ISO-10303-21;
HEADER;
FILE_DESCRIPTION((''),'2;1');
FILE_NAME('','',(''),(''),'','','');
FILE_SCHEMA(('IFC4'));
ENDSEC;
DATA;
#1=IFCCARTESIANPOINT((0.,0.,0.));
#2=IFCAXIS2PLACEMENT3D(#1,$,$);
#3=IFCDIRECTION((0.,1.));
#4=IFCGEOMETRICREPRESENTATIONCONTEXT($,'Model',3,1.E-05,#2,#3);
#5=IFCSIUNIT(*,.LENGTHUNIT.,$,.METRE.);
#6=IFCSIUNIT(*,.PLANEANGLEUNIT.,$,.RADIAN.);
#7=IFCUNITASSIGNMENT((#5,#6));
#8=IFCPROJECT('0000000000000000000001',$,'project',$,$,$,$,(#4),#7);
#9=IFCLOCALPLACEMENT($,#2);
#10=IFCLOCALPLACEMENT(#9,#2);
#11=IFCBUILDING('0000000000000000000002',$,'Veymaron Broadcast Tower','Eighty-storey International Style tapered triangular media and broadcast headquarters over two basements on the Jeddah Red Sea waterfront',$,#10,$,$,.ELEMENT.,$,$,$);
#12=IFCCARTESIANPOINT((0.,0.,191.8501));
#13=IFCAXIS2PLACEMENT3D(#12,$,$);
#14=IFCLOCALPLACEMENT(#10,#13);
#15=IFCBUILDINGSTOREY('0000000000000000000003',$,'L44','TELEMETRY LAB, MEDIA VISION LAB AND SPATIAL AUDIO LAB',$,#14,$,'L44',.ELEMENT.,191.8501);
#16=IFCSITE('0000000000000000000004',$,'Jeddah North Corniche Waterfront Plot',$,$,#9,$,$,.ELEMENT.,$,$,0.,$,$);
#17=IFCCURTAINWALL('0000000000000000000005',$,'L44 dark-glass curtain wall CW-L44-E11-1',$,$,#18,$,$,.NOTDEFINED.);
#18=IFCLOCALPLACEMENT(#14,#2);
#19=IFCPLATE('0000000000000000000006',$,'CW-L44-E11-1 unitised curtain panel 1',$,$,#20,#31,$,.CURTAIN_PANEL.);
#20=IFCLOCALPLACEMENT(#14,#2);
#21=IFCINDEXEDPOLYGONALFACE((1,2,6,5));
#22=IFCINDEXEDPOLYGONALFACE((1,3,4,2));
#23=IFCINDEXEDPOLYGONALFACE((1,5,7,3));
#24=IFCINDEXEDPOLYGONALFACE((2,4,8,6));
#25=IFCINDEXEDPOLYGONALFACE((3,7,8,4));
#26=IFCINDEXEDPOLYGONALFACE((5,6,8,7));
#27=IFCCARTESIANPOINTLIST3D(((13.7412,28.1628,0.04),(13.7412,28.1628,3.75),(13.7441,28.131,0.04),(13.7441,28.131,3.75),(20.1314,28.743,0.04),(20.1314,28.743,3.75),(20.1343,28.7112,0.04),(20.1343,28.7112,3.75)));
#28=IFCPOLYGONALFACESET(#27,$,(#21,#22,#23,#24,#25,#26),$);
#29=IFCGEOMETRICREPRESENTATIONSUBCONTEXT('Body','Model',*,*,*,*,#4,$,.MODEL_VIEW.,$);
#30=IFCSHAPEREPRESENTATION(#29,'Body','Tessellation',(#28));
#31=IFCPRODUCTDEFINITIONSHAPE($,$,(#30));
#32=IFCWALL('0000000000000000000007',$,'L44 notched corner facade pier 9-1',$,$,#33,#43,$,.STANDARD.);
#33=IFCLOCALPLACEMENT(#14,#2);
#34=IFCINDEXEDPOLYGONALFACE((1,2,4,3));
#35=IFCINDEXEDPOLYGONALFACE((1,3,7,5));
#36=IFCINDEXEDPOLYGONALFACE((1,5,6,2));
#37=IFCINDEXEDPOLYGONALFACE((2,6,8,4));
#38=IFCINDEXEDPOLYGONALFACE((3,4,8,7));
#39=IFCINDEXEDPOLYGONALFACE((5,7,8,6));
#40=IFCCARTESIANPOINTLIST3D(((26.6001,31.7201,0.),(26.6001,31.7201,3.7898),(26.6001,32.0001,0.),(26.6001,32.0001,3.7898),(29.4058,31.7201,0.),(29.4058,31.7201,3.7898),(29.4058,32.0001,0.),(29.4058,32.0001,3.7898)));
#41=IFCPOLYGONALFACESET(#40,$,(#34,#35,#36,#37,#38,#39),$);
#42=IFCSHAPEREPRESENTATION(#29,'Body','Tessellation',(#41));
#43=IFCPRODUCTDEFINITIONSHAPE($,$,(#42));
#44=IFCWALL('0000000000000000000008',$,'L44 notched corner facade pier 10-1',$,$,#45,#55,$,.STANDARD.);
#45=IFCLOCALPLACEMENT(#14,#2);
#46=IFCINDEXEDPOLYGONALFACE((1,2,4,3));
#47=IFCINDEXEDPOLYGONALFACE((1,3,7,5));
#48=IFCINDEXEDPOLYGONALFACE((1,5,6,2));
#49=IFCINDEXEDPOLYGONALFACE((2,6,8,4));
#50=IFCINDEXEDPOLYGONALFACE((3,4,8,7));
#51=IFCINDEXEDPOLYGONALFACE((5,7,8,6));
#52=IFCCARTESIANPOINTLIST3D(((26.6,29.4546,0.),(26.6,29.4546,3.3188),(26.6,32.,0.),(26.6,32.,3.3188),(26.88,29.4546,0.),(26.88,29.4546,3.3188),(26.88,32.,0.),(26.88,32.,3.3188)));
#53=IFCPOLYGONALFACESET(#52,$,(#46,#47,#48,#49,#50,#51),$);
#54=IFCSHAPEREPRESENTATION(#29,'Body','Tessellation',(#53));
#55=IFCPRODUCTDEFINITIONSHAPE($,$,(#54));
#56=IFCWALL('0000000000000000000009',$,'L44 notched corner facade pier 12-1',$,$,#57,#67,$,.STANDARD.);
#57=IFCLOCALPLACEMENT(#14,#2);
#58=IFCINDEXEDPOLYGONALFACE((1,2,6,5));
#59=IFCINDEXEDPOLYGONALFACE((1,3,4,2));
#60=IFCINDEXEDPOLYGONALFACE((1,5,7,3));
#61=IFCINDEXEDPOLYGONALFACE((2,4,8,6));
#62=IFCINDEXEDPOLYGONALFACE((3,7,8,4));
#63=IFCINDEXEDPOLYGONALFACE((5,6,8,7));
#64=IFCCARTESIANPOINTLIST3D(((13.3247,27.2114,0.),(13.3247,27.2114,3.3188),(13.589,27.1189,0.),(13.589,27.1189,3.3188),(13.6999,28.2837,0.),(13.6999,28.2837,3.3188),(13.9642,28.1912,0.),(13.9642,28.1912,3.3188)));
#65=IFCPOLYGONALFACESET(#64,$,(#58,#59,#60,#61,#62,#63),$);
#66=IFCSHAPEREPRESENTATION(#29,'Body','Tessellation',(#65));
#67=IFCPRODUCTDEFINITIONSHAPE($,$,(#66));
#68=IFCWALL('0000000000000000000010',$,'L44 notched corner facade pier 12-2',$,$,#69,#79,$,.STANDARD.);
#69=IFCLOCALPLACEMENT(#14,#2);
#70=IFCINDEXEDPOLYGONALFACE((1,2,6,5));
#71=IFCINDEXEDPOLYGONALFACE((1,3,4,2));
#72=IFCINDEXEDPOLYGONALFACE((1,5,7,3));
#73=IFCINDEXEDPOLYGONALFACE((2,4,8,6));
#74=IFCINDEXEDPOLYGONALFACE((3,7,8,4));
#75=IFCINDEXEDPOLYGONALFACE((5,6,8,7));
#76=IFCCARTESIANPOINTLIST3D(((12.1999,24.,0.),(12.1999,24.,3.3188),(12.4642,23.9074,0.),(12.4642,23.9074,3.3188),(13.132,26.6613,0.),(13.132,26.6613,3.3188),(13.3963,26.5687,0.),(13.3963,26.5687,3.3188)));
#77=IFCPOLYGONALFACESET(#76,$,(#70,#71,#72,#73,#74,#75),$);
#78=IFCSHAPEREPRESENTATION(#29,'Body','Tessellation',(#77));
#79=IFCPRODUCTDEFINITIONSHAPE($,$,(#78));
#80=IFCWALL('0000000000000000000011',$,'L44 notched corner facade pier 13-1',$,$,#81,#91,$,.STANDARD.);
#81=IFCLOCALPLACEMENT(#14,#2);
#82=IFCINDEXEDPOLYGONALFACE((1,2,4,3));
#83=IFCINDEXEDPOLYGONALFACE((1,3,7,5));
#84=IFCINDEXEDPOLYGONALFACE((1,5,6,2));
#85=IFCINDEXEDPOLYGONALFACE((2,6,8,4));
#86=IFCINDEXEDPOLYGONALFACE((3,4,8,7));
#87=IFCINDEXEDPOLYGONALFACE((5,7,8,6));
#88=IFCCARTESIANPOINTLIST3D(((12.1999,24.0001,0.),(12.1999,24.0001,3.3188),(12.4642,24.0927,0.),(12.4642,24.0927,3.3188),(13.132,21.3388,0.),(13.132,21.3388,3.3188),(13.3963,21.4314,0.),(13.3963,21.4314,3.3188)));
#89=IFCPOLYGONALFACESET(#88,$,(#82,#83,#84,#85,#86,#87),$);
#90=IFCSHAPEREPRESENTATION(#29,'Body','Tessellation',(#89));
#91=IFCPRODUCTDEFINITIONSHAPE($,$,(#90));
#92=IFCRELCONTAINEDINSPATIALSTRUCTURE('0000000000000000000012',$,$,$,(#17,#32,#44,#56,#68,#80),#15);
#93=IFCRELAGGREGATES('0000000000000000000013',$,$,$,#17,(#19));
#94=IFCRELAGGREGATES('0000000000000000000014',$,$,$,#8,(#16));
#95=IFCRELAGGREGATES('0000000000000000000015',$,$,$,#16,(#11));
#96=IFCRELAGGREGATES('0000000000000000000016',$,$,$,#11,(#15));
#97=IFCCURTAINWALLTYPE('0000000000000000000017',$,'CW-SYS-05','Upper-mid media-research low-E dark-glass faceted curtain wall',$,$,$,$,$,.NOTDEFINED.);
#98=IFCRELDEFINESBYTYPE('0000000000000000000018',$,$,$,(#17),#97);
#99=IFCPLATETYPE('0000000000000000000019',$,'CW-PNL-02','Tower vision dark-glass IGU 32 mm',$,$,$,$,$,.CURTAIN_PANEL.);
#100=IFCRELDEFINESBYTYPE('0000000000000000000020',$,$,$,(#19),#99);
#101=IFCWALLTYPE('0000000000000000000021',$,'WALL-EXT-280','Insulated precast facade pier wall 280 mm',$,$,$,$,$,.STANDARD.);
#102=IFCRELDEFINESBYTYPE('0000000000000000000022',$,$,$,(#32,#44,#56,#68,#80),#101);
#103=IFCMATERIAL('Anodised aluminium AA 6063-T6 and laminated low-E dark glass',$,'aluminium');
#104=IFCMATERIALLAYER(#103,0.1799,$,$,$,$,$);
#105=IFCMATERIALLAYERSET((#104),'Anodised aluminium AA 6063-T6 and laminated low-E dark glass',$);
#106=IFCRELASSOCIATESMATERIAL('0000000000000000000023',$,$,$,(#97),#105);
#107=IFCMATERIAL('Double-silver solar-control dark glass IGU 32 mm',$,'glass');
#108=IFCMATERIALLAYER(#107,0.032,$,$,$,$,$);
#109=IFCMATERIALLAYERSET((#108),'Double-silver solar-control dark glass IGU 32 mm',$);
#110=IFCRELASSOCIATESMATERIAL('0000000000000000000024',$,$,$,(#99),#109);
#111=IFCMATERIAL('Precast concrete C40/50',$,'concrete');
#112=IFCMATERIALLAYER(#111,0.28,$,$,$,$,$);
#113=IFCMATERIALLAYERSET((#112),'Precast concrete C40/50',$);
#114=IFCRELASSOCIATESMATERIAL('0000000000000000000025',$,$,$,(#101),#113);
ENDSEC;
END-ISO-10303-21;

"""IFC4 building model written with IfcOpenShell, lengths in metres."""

from ifc_helpers import new_model, si_unit, direction, frame, frame_2d, origin, origin_2d, place, context, subcontext, project, spatial, rectangle, extrude, material, layer, layer_set, type_object, element, aggregate, save


model = new_model("IFC4")

# Units and contexts
model_context = context("Model", 3, precision=1e-05, world=origin(), true_north=direction((0.0, 1.0)))
body_context = subcontext(model_context, "Body", "Model", "MODEL_VIEW")
ifc_project = project(units=[si_unit("LENGTHUNIT", "METRE"), si_unit("PLANEANGLEUNIT", "RADIAN")], contexts=[model_context])

# Site, building, storey
site_placement = place(None, origin())
site = spatial("IfcSite", under=ifc_project, at=site_placement, Name="Jeddah North Corniche Waterfront Plot", CompositionType="ELEMENT", RefElevation=0.0)
building_placement = place(site_placement, origin())
building = spatial("IfcBuilding", under=site, at=building_placement, Name="Veymaron Broadcast Tower", Description="Eighty-storey International Style tapered triangular media and broadcast headquarters over two basements on the Jeddah Red Sea waterfront", CompositionType="ELEMENT")
storey_placement = place(building_placement, frame((0.0, 0.0, 191.8501)))
storey = spatial("IfcBuildingStorey", under=building, at=storey_placement, Name="L44", Description="TELEMETRY LAB, MEDIA VISION LAB AND SPATIAL AUDIO LAB", LongName="L44", CompositionType="ELEMENT", Elevation=191.8501)

# Shared definitions
ifc_material_1 = material(Name="Anodised aluminium AA 6063-T6 and laminated low-E dark glass", Category="aluminium")
ifc_layer_1 = layer(ifc_material_1, 0.1799)
ifc_layer_set_1 = layer_set([ifc_layer_1], Name="Anodised aluminium AA 6063-T6 and laminated low-E dark glass")
curtain_wall_type = type_object("IfcCurtainWallType", Name="CW-SYS-05", Description="Upper-mid media-research low-E dark-glass faceted curtain wall", PredefinedType="NOTDEFINED", material=ifc_layer_set_1)

# Curtain wall, plate
curtain_wall_1_placement = place(storey_placement, origin())
curtain_wall_1 = element("IfcCurtainWall", 1, at=curtain_wall_1_placement, inside=storey, type_object=curtain_wall_type, Name="L44 dark-glass curtain wall CW-L44-E11-1", PredefinedType="NOTDEFINED")
ifc_material_2 = material(Name="Double-silver solar-control dark glass IGU 32 mm", Category="glass")
ifc_layer_2 = layer(ifc_material_2, 0.032)
ifc_layer_set_2 = layer_set([ifc_layer_2], Name="Double-silver solar-control dark glass IGU 32 mm")
plate_type = type_object("IfcPlateType", Name="CW-PNL-02", Description="Tower vision dark-glass IGU 32 mm", PredefinedType="CURTAIN_PANEL", material=ifc_layer_set_2)
plate_1_placement = place(storey_placement, frame((16.9377, 28.437, 0.04), z_axis=(0.0, 0.0, 1.0), x_axis=(-0.995903, -0.090424, 0.0)))
plate_1 = element("IfcPlate", 2, at=plate_1_placement, type_object=plate_type, Name="CW-L44-E11-1 unitised curtain panel 1", PredefinedType="CURTAIN_PANEL", context=body_context, shape_type="SweptSolid", body=[
    extrude(rectangle(XDim=6.4165, YDim=0.032, at=origin_2d()), origin(), (0.0, 0.0, 1.0), 3.71),
])
aggregate(curtain_wall_1, [plate_1])

# Walls
ifc_material_3 = material(Name="Precast concrete C40/50", Category="concrete")
ifc_layer_3 = layer(ifc_material_3, 0.28)
ifc_layer_set_3 = layer_set([ifc_layer_3], Name="Precast concrete C40/50")
wall_type = type_object("IfcWallType", Name="WALL-EXT-280", Description="Insulated precast facade pier wall 280 mm", PredefinedType="STANDARD", material=ifc_layer_set_3)
wall_1_placement = place(storey_placement, frame((29.4058, 31.8601, 0.0), z_axis=(0.0, 0.0, 1.0), x_axis=(-1.0, 0.0, 0.0)))
element("IfcWall", 3, at=wall_1_placement, inside=storey, type_object=wall_type, Name="L44 notched corner facade pier 9-1", PredefinedType="STANDARD", context=body_context, shape_type="SweptSolid", body=[
    extrude(rectangle(XDim=2.8057, YDim=0.28, at=frame_2d((1.4028, 0.0))), origin(), (0.0, 0.0, 1.0), 3.7898),
])
wall_2_placement = place(storey_placement, frame((26.74, 32.0, 0.0), z_axis=(0.0, 0.0, 1.0), x_axis=(0.0, -1.0, 0.0)))
element("IfcWall", 4, at=wall_2_placement, inside=storey, type_object=wall_type, Name="L44 notched corner facade pier 10-1", PredefinedType="STANDARD", context=body_context, shape_type="SweptSolid", body=[
    extrude(rectangle(XDim=2.5454, YDim=0.28, at=frame_2d((1.2727, 0.0))), origin(), (0.0, 0.0, 1.0), 3.3188),
])
wall_3_placement = place(storey_placement, frame((13.832, 28.2373, 0.0), z_axis=(0.0, 0.0, 1.0), x_axis=(-0.330312, -0.943872, 0.0)))
element("IfcWall", 5, at=wall_3_placement, inside=storey, type_object=wall_type, Name="L44 notched corner facade pier 12-1", PredefinedType="STANDARD", context=body_context, shape_type="SweptSolid", body=[
    extrude(rectangle(XDim=1.136, YDim=0.28, at=frame_2d((0.5679, 0.0))), origin(), (0.0, 0.0, 1.0), 3.3188),
])
for number, where, z_axis, x_axis, name in (
    (6, (13.2642, 26.615, 0.0), (0.0, 0.0, 1.0), (-0.330555, -0.943787, 0.0), "L44 notched corner facade pier 12-2"),
    (7, (12.332, 24.0464, 0.0), (0.0, 0.0, 1.0), (0.330555, -0.943787, 0.0), "L44 notched corner facade pier 13-1"),
):
    element("IfcWall", number, at=place(storey_placement, frame(where, z_axis=z_axis, x_axis=x_axis)), inside=storey, type_object=wall_type, Name=name, PredefinedType="STANDARD", context=body_context, shape_type="SweptSolid", body=[
        extrude(rectangle(XDim=2.8198, YDim=0.28, at=frame_2d((1.4099, 0.0))), origin(), (0.0, 0.0, 1.0), 3.3188),
    ])

save(model, "model.ifc")
